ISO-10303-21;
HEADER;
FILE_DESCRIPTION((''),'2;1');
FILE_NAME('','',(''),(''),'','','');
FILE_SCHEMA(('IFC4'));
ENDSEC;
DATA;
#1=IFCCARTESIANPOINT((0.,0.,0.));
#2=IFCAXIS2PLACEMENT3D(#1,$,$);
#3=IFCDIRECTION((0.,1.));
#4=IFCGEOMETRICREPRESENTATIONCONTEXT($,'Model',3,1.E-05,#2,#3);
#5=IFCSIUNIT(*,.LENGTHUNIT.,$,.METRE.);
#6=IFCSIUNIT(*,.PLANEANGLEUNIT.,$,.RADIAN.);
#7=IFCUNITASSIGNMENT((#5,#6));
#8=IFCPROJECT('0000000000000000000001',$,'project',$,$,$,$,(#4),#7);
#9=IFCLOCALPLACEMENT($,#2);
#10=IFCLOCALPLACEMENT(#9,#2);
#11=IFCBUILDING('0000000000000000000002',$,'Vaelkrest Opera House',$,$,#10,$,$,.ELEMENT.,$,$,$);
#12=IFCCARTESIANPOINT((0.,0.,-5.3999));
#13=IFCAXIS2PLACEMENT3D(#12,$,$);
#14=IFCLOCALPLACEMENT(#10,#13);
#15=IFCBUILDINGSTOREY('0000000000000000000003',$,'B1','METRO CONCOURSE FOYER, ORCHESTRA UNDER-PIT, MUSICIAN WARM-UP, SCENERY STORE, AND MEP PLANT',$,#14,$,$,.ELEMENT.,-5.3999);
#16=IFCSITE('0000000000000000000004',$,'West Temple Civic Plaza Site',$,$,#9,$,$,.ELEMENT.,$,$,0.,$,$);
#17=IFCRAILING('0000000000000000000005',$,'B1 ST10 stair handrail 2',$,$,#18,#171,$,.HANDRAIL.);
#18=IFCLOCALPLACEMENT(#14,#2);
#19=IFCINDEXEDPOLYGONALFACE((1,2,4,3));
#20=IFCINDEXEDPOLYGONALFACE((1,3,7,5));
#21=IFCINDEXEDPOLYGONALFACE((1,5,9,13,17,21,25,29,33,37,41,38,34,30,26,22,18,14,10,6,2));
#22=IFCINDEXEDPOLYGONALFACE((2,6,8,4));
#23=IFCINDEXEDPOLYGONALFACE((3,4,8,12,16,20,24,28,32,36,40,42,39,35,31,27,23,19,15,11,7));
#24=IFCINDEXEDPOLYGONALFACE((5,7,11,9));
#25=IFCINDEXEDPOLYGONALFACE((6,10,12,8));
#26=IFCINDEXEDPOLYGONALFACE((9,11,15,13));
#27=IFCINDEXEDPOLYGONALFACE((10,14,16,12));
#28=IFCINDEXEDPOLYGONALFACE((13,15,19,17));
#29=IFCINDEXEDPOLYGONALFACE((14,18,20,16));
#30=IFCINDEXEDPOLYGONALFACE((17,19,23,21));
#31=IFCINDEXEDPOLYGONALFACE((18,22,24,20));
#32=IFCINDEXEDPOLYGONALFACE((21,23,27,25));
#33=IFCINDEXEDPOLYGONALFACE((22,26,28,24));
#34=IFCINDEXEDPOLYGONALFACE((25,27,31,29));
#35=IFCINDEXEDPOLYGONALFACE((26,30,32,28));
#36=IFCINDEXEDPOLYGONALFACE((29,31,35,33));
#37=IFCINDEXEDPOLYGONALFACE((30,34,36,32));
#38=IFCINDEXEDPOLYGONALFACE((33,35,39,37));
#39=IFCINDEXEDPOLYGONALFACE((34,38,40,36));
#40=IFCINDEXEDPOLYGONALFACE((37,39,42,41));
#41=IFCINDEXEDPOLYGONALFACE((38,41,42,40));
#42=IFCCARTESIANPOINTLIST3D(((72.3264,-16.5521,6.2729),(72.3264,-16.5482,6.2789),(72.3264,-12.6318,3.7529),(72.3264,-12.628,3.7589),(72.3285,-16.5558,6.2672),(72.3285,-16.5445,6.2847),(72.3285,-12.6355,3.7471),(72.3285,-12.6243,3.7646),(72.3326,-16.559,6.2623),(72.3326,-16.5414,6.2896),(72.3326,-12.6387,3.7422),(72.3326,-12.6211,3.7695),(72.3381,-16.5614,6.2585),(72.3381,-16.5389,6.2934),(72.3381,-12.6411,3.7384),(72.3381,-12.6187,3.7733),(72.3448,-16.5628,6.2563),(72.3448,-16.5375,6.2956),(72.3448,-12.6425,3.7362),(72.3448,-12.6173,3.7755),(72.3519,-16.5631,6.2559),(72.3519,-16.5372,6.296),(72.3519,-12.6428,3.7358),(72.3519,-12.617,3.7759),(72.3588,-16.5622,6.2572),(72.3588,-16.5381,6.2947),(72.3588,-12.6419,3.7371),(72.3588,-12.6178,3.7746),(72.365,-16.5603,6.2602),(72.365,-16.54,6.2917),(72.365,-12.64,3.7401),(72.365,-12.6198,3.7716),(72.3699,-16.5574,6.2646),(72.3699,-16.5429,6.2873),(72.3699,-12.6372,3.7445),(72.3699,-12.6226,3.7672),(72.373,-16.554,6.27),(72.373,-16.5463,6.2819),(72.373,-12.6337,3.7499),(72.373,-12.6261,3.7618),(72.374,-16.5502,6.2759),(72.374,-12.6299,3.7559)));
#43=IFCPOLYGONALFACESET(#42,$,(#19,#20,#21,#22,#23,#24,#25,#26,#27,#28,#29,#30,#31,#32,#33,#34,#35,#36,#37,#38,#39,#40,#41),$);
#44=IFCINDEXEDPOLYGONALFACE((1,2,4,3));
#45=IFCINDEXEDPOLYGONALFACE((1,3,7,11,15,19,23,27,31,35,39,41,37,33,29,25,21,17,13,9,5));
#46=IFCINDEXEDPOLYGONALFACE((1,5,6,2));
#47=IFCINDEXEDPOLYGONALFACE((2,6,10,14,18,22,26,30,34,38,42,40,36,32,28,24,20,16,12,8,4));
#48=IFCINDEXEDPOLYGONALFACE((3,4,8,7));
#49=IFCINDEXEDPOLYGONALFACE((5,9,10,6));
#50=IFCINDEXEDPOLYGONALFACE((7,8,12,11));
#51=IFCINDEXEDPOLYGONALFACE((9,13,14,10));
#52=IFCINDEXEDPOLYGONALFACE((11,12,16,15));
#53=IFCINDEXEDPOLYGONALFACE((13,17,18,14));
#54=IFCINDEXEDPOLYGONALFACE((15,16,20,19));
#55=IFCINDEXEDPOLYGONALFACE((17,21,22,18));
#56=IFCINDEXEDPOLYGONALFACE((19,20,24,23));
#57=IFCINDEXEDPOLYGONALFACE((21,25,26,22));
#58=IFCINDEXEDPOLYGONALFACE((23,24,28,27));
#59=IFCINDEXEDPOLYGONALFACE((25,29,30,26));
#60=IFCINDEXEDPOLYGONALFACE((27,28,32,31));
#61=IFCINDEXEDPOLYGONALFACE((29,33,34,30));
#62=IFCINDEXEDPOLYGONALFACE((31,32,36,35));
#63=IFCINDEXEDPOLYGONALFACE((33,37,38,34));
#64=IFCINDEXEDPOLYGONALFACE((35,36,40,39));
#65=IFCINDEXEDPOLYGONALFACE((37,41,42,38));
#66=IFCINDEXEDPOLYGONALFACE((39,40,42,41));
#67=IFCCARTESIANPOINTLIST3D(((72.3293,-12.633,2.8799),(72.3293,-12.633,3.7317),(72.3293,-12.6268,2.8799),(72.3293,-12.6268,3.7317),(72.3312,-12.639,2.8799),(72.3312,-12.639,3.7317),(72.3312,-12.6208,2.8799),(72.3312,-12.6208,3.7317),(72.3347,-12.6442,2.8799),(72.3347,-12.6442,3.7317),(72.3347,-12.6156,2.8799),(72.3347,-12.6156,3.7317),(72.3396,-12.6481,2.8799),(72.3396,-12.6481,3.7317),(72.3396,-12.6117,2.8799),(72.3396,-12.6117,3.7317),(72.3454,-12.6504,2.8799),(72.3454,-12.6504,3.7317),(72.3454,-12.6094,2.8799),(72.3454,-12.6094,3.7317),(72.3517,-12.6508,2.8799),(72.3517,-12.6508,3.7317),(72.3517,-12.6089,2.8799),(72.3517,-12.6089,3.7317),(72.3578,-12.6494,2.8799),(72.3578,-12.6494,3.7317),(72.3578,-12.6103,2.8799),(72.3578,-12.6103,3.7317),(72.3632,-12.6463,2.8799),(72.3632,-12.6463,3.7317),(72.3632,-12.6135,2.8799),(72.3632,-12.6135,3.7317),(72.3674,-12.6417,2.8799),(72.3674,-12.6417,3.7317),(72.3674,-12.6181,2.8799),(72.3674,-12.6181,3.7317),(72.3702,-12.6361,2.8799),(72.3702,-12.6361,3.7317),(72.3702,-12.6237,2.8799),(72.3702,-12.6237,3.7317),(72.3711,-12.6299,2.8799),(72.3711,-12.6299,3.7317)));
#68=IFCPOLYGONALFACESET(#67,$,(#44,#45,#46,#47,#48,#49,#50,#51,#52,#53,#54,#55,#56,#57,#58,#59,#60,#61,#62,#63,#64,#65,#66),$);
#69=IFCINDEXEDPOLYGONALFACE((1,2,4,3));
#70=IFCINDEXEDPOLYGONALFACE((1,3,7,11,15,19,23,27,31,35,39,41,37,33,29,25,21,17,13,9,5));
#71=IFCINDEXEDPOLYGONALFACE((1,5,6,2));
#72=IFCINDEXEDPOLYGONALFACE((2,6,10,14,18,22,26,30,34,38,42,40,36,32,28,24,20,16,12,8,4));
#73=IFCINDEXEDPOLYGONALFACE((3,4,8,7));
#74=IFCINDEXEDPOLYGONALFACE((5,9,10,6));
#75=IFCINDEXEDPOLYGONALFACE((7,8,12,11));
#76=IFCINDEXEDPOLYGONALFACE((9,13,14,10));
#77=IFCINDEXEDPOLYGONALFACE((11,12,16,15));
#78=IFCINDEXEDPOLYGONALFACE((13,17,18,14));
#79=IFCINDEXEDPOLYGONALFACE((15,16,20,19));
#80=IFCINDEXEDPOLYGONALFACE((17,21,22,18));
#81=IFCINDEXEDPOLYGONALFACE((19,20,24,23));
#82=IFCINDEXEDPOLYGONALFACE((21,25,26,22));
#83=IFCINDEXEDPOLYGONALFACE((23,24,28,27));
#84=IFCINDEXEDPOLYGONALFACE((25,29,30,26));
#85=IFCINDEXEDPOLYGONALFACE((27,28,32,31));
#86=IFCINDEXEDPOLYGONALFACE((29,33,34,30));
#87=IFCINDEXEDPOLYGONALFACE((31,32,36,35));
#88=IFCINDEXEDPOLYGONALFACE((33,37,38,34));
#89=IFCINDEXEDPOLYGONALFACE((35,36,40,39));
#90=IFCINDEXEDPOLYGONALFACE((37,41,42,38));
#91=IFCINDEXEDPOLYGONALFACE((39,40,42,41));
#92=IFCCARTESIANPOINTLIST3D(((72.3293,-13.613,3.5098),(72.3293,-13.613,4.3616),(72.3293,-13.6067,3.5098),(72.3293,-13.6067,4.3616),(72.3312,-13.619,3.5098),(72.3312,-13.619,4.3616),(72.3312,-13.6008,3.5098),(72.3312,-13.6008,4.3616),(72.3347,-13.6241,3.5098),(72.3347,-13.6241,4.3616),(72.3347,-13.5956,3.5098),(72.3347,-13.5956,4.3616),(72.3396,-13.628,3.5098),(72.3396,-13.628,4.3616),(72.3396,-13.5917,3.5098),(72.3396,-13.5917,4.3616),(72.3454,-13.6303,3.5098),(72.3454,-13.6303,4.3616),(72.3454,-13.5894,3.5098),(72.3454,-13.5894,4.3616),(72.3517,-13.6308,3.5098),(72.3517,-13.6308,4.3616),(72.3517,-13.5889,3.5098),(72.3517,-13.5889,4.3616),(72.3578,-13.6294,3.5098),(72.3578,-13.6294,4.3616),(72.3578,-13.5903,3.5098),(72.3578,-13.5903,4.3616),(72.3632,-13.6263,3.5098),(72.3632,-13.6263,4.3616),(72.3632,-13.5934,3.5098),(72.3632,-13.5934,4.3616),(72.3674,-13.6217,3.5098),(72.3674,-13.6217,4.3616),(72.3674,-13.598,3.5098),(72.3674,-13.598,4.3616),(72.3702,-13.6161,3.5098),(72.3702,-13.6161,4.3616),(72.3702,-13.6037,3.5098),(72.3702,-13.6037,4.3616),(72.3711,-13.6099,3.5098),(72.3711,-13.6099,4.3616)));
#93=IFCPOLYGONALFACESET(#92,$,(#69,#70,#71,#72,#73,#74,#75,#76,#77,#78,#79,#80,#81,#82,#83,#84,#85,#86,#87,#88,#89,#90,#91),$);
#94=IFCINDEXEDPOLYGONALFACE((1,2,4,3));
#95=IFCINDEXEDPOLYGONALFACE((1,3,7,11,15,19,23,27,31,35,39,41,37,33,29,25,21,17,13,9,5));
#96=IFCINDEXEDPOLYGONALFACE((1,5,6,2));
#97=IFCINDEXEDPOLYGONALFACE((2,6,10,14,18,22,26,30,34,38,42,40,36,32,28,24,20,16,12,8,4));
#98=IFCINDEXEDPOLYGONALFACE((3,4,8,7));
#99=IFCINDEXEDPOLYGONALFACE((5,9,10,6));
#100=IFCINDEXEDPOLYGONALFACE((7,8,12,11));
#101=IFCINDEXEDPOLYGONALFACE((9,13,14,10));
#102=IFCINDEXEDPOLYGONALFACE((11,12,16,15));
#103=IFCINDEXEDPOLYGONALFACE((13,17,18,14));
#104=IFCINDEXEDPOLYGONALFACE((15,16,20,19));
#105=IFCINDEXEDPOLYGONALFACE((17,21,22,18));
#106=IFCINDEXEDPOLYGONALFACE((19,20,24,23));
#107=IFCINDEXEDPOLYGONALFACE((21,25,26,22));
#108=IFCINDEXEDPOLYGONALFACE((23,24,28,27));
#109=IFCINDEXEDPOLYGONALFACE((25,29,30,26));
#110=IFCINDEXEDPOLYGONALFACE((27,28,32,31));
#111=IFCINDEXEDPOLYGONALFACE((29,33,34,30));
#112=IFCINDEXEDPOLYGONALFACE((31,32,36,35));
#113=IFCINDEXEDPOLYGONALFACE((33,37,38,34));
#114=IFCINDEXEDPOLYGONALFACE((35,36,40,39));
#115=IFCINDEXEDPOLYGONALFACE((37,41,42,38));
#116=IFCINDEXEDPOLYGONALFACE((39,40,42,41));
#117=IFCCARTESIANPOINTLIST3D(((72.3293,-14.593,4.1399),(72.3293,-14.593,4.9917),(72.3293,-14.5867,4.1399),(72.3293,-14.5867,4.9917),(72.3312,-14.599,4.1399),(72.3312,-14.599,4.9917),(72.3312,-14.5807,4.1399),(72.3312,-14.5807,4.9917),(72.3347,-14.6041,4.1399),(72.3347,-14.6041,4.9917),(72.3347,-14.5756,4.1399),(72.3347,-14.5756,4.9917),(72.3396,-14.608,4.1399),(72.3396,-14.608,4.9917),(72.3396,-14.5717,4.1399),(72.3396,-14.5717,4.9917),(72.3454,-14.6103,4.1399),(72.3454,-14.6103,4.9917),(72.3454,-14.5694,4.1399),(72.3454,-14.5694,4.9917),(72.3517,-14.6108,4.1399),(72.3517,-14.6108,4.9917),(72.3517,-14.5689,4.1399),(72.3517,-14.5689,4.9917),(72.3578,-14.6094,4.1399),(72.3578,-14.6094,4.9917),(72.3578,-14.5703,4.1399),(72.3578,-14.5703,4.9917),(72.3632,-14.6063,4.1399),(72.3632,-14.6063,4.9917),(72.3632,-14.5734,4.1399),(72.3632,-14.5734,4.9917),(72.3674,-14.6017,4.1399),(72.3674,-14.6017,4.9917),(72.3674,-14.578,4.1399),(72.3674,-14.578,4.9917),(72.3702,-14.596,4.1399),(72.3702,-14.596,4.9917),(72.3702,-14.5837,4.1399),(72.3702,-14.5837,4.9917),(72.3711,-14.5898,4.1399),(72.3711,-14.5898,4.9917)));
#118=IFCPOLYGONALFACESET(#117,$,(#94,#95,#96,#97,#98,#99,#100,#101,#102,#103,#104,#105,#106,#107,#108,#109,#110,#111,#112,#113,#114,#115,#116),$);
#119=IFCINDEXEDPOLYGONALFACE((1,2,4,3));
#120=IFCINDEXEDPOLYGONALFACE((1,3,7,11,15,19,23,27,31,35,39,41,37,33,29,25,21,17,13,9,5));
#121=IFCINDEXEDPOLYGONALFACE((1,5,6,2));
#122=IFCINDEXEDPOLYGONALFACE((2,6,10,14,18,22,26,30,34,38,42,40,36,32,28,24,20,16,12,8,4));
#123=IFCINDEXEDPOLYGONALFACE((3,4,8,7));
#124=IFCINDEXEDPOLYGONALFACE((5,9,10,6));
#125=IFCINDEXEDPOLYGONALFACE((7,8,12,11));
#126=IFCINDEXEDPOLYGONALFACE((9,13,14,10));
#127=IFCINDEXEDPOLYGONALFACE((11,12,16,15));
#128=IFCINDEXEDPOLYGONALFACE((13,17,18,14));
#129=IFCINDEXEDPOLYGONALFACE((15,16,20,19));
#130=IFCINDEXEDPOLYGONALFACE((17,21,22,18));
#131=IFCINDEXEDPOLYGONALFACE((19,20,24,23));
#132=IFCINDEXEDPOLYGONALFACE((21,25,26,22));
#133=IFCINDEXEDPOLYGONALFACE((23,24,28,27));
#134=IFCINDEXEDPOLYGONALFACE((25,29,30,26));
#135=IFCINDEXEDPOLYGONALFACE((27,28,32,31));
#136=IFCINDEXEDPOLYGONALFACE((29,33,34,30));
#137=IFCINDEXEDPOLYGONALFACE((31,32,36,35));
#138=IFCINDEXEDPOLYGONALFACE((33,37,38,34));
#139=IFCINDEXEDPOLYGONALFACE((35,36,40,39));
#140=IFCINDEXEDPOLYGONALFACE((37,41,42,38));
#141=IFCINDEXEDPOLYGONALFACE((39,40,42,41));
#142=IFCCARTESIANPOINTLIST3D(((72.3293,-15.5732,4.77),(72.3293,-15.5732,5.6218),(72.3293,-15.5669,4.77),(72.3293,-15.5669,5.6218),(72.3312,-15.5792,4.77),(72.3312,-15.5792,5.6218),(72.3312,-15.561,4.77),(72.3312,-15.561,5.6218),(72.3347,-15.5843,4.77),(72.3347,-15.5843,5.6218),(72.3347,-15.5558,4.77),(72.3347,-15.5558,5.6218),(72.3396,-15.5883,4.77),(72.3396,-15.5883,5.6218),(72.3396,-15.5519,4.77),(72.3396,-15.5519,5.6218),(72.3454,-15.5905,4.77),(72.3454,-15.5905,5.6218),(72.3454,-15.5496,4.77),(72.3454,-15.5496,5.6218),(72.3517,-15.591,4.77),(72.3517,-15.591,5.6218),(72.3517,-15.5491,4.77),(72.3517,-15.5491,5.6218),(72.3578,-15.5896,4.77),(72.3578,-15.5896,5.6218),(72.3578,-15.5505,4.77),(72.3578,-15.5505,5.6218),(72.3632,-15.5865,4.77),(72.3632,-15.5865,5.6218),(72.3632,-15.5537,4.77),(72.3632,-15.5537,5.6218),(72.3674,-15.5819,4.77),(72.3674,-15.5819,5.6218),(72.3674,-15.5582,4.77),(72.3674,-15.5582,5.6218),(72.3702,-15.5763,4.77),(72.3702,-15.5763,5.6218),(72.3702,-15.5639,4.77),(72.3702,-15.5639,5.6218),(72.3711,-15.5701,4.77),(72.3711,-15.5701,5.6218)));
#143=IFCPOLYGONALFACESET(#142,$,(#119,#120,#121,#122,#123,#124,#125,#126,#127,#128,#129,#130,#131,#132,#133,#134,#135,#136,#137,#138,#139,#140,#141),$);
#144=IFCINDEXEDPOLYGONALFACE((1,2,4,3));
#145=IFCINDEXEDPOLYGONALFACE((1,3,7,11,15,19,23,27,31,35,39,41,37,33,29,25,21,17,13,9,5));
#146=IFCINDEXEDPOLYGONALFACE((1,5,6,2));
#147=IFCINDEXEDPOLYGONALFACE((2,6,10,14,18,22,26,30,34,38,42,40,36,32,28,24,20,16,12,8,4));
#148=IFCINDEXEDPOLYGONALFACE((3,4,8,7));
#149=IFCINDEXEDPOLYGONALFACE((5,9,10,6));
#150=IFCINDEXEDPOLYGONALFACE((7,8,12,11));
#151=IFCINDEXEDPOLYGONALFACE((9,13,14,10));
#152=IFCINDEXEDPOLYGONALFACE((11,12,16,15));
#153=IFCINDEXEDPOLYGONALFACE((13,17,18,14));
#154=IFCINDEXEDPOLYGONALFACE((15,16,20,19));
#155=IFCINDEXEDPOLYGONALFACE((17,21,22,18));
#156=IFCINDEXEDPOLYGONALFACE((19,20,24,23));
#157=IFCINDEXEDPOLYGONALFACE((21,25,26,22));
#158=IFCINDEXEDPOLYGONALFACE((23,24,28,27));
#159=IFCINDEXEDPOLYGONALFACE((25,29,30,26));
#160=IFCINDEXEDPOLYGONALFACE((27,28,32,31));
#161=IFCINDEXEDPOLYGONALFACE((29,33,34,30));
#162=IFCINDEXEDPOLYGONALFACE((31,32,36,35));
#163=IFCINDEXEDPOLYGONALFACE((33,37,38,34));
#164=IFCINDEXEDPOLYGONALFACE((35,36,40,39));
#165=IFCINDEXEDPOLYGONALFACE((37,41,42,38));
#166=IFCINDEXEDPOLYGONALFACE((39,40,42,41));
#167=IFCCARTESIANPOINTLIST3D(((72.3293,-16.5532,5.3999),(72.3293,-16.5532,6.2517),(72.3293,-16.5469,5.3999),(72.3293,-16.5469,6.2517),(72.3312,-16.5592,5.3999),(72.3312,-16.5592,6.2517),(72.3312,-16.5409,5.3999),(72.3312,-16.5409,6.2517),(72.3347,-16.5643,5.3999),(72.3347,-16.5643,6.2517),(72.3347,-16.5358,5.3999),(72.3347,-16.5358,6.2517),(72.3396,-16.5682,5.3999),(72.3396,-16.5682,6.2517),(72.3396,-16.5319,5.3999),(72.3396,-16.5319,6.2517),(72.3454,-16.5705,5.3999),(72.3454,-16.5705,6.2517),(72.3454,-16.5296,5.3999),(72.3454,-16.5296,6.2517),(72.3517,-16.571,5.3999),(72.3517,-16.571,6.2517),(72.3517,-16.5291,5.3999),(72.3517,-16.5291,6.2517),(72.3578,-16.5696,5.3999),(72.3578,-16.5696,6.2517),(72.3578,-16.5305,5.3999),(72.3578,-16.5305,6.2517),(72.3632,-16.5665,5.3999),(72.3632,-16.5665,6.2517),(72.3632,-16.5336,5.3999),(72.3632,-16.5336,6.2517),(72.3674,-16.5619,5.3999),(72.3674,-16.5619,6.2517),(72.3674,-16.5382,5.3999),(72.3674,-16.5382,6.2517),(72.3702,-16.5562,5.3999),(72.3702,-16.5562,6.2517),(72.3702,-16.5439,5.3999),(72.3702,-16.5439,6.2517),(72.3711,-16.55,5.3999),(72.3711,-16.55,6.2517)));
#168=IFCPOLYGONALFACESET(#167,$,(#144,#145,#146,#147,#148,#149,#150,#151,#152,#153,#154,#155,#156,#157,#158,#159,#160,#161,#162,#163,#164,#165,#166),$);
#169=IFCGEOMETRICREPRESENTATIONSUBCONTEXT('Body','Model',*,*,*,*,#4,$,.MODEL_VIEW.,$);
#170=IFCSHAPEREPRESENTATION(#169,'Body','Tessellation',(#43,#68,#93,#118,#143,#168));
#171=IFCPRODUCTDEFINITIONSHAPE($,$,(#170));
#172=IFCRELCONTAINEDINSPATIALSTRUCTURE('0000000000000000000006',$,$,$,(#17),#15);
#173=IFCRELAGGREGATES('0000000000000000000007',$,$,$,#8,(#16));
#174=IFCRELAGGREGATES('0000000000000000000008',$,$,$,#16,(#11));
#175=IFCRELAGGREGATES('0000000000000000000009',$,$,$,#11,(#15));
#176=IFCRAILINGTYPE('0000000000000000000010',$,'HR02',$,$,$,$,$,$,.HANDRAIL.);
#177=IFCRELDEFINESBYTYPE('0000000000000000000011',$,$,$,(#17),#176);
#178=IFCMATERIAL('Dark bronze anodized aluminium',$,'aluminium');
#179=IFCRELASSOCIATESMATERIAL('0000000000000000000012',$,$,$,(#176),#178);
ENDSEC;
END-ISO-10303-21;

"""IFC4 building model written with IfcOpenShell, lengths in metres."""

from ifc_helpers import new_model, si_unit, direction, frame, origin, origin_2d, place, context, subcontext, project, spatial, circle, extrude, material, type_object, element, save


model = new_model("IFC4")

# Units and contexts
model_context = context("Model", 3, precision=1e-05, world=origin(), true_north=direction((0.0, 1.0)))
body_context = subcontext(model_context, "Body", "Model", "MODEL_VIEW")
ifc_project = project(units=[si_unit("LENGTHUNIT", "METRE"), si_unit("PLANEANGLEUNIT", "RADIAN")], contexts=[model_context])

# Site, building, storey
site_placement = place(None, origin())
site = spatial("IfcSite", under=ifc_project, at=site_placement, Name="West Temple Civic Plaza Site", CompositionType="ELEMENT", RefElevation=0.0)
building_placement = place(site_placement, origin())
building = spatial("IfcBuilding", under=site, at=building_placement, Name="Vaelkrest Opera House", CompositionType="ELEMENT")
storey_placement = place(building_placement, frame((0.0, 0.0, -5.3999)))
storey = spatial("IfcBuildingStorey", under=building, at=storey_placement, Name="B1", Description="METRO CONCOURSE FOYER, ORCHESTRA UNDER-PIT, MUSICIAN WARM-UP, SCENERY STORE, AND MEP PLANT", CompositionType="ELEMENT", Elevation=-5.3999)

# Railing
ifc_material_1 = material(Name="Dark bronze anodized aluminium", Category="aluminium")
railing_type_1 = type_object("IfcRailingType", Name="HR02", PredefinedType="HANDRAIL", material=ifc_material_1)
railing_1_placement = place(storey_placement, frame((72.3501, -12.6299, 2.8799)))
element("IfcRailing", 1, at=railing_1_placement, inside=storey, type_object=railing_type_1, Name="B1 ST10 stair handrail 2", PredefinedType="HANDRAIL", context=body_context, shape_type="SweptSolid", body=[
    extrude(circle(Radius=0.0239, at=origin_2d()), frame((0.0, 0.0, 0.876), z_axis=(0.0, -0.841187, 0.540744), x_axis=(1.0, 0.0, 0.0)), (0.0, 0.0, 1.0), 4.6604),
    extrude(circle(Radius=0.021, at=origin_2d()), origin(), (0.0, 0.0, 1.0), 0.8518),
    extrude(circle(Radius=0.021, at=origin_2d()), frame((0.0, -0.98, 0.6299)), (0.0, 0.0, 1.0), 0.8518),
    extrude(circle(Radius=0.021, at=origin_2d()), frame((0.0, -1.96, 1.26)), (0.0, 0.0, 1.0), 0.8518),
    extrude(circle(Radius=0.021, at=origin_2d()), frame((0.0, -2.9402, 1.8901)), (0.0, 0.0, 1.0), 0.8518),
    extrude(circle(Radius=0.021, at=origin_2d()), frame((0.0, -3.9202, 2.52)), (0.0, 0.0, 1.0), 0.8518),
])

save(model, "model.ifc")
